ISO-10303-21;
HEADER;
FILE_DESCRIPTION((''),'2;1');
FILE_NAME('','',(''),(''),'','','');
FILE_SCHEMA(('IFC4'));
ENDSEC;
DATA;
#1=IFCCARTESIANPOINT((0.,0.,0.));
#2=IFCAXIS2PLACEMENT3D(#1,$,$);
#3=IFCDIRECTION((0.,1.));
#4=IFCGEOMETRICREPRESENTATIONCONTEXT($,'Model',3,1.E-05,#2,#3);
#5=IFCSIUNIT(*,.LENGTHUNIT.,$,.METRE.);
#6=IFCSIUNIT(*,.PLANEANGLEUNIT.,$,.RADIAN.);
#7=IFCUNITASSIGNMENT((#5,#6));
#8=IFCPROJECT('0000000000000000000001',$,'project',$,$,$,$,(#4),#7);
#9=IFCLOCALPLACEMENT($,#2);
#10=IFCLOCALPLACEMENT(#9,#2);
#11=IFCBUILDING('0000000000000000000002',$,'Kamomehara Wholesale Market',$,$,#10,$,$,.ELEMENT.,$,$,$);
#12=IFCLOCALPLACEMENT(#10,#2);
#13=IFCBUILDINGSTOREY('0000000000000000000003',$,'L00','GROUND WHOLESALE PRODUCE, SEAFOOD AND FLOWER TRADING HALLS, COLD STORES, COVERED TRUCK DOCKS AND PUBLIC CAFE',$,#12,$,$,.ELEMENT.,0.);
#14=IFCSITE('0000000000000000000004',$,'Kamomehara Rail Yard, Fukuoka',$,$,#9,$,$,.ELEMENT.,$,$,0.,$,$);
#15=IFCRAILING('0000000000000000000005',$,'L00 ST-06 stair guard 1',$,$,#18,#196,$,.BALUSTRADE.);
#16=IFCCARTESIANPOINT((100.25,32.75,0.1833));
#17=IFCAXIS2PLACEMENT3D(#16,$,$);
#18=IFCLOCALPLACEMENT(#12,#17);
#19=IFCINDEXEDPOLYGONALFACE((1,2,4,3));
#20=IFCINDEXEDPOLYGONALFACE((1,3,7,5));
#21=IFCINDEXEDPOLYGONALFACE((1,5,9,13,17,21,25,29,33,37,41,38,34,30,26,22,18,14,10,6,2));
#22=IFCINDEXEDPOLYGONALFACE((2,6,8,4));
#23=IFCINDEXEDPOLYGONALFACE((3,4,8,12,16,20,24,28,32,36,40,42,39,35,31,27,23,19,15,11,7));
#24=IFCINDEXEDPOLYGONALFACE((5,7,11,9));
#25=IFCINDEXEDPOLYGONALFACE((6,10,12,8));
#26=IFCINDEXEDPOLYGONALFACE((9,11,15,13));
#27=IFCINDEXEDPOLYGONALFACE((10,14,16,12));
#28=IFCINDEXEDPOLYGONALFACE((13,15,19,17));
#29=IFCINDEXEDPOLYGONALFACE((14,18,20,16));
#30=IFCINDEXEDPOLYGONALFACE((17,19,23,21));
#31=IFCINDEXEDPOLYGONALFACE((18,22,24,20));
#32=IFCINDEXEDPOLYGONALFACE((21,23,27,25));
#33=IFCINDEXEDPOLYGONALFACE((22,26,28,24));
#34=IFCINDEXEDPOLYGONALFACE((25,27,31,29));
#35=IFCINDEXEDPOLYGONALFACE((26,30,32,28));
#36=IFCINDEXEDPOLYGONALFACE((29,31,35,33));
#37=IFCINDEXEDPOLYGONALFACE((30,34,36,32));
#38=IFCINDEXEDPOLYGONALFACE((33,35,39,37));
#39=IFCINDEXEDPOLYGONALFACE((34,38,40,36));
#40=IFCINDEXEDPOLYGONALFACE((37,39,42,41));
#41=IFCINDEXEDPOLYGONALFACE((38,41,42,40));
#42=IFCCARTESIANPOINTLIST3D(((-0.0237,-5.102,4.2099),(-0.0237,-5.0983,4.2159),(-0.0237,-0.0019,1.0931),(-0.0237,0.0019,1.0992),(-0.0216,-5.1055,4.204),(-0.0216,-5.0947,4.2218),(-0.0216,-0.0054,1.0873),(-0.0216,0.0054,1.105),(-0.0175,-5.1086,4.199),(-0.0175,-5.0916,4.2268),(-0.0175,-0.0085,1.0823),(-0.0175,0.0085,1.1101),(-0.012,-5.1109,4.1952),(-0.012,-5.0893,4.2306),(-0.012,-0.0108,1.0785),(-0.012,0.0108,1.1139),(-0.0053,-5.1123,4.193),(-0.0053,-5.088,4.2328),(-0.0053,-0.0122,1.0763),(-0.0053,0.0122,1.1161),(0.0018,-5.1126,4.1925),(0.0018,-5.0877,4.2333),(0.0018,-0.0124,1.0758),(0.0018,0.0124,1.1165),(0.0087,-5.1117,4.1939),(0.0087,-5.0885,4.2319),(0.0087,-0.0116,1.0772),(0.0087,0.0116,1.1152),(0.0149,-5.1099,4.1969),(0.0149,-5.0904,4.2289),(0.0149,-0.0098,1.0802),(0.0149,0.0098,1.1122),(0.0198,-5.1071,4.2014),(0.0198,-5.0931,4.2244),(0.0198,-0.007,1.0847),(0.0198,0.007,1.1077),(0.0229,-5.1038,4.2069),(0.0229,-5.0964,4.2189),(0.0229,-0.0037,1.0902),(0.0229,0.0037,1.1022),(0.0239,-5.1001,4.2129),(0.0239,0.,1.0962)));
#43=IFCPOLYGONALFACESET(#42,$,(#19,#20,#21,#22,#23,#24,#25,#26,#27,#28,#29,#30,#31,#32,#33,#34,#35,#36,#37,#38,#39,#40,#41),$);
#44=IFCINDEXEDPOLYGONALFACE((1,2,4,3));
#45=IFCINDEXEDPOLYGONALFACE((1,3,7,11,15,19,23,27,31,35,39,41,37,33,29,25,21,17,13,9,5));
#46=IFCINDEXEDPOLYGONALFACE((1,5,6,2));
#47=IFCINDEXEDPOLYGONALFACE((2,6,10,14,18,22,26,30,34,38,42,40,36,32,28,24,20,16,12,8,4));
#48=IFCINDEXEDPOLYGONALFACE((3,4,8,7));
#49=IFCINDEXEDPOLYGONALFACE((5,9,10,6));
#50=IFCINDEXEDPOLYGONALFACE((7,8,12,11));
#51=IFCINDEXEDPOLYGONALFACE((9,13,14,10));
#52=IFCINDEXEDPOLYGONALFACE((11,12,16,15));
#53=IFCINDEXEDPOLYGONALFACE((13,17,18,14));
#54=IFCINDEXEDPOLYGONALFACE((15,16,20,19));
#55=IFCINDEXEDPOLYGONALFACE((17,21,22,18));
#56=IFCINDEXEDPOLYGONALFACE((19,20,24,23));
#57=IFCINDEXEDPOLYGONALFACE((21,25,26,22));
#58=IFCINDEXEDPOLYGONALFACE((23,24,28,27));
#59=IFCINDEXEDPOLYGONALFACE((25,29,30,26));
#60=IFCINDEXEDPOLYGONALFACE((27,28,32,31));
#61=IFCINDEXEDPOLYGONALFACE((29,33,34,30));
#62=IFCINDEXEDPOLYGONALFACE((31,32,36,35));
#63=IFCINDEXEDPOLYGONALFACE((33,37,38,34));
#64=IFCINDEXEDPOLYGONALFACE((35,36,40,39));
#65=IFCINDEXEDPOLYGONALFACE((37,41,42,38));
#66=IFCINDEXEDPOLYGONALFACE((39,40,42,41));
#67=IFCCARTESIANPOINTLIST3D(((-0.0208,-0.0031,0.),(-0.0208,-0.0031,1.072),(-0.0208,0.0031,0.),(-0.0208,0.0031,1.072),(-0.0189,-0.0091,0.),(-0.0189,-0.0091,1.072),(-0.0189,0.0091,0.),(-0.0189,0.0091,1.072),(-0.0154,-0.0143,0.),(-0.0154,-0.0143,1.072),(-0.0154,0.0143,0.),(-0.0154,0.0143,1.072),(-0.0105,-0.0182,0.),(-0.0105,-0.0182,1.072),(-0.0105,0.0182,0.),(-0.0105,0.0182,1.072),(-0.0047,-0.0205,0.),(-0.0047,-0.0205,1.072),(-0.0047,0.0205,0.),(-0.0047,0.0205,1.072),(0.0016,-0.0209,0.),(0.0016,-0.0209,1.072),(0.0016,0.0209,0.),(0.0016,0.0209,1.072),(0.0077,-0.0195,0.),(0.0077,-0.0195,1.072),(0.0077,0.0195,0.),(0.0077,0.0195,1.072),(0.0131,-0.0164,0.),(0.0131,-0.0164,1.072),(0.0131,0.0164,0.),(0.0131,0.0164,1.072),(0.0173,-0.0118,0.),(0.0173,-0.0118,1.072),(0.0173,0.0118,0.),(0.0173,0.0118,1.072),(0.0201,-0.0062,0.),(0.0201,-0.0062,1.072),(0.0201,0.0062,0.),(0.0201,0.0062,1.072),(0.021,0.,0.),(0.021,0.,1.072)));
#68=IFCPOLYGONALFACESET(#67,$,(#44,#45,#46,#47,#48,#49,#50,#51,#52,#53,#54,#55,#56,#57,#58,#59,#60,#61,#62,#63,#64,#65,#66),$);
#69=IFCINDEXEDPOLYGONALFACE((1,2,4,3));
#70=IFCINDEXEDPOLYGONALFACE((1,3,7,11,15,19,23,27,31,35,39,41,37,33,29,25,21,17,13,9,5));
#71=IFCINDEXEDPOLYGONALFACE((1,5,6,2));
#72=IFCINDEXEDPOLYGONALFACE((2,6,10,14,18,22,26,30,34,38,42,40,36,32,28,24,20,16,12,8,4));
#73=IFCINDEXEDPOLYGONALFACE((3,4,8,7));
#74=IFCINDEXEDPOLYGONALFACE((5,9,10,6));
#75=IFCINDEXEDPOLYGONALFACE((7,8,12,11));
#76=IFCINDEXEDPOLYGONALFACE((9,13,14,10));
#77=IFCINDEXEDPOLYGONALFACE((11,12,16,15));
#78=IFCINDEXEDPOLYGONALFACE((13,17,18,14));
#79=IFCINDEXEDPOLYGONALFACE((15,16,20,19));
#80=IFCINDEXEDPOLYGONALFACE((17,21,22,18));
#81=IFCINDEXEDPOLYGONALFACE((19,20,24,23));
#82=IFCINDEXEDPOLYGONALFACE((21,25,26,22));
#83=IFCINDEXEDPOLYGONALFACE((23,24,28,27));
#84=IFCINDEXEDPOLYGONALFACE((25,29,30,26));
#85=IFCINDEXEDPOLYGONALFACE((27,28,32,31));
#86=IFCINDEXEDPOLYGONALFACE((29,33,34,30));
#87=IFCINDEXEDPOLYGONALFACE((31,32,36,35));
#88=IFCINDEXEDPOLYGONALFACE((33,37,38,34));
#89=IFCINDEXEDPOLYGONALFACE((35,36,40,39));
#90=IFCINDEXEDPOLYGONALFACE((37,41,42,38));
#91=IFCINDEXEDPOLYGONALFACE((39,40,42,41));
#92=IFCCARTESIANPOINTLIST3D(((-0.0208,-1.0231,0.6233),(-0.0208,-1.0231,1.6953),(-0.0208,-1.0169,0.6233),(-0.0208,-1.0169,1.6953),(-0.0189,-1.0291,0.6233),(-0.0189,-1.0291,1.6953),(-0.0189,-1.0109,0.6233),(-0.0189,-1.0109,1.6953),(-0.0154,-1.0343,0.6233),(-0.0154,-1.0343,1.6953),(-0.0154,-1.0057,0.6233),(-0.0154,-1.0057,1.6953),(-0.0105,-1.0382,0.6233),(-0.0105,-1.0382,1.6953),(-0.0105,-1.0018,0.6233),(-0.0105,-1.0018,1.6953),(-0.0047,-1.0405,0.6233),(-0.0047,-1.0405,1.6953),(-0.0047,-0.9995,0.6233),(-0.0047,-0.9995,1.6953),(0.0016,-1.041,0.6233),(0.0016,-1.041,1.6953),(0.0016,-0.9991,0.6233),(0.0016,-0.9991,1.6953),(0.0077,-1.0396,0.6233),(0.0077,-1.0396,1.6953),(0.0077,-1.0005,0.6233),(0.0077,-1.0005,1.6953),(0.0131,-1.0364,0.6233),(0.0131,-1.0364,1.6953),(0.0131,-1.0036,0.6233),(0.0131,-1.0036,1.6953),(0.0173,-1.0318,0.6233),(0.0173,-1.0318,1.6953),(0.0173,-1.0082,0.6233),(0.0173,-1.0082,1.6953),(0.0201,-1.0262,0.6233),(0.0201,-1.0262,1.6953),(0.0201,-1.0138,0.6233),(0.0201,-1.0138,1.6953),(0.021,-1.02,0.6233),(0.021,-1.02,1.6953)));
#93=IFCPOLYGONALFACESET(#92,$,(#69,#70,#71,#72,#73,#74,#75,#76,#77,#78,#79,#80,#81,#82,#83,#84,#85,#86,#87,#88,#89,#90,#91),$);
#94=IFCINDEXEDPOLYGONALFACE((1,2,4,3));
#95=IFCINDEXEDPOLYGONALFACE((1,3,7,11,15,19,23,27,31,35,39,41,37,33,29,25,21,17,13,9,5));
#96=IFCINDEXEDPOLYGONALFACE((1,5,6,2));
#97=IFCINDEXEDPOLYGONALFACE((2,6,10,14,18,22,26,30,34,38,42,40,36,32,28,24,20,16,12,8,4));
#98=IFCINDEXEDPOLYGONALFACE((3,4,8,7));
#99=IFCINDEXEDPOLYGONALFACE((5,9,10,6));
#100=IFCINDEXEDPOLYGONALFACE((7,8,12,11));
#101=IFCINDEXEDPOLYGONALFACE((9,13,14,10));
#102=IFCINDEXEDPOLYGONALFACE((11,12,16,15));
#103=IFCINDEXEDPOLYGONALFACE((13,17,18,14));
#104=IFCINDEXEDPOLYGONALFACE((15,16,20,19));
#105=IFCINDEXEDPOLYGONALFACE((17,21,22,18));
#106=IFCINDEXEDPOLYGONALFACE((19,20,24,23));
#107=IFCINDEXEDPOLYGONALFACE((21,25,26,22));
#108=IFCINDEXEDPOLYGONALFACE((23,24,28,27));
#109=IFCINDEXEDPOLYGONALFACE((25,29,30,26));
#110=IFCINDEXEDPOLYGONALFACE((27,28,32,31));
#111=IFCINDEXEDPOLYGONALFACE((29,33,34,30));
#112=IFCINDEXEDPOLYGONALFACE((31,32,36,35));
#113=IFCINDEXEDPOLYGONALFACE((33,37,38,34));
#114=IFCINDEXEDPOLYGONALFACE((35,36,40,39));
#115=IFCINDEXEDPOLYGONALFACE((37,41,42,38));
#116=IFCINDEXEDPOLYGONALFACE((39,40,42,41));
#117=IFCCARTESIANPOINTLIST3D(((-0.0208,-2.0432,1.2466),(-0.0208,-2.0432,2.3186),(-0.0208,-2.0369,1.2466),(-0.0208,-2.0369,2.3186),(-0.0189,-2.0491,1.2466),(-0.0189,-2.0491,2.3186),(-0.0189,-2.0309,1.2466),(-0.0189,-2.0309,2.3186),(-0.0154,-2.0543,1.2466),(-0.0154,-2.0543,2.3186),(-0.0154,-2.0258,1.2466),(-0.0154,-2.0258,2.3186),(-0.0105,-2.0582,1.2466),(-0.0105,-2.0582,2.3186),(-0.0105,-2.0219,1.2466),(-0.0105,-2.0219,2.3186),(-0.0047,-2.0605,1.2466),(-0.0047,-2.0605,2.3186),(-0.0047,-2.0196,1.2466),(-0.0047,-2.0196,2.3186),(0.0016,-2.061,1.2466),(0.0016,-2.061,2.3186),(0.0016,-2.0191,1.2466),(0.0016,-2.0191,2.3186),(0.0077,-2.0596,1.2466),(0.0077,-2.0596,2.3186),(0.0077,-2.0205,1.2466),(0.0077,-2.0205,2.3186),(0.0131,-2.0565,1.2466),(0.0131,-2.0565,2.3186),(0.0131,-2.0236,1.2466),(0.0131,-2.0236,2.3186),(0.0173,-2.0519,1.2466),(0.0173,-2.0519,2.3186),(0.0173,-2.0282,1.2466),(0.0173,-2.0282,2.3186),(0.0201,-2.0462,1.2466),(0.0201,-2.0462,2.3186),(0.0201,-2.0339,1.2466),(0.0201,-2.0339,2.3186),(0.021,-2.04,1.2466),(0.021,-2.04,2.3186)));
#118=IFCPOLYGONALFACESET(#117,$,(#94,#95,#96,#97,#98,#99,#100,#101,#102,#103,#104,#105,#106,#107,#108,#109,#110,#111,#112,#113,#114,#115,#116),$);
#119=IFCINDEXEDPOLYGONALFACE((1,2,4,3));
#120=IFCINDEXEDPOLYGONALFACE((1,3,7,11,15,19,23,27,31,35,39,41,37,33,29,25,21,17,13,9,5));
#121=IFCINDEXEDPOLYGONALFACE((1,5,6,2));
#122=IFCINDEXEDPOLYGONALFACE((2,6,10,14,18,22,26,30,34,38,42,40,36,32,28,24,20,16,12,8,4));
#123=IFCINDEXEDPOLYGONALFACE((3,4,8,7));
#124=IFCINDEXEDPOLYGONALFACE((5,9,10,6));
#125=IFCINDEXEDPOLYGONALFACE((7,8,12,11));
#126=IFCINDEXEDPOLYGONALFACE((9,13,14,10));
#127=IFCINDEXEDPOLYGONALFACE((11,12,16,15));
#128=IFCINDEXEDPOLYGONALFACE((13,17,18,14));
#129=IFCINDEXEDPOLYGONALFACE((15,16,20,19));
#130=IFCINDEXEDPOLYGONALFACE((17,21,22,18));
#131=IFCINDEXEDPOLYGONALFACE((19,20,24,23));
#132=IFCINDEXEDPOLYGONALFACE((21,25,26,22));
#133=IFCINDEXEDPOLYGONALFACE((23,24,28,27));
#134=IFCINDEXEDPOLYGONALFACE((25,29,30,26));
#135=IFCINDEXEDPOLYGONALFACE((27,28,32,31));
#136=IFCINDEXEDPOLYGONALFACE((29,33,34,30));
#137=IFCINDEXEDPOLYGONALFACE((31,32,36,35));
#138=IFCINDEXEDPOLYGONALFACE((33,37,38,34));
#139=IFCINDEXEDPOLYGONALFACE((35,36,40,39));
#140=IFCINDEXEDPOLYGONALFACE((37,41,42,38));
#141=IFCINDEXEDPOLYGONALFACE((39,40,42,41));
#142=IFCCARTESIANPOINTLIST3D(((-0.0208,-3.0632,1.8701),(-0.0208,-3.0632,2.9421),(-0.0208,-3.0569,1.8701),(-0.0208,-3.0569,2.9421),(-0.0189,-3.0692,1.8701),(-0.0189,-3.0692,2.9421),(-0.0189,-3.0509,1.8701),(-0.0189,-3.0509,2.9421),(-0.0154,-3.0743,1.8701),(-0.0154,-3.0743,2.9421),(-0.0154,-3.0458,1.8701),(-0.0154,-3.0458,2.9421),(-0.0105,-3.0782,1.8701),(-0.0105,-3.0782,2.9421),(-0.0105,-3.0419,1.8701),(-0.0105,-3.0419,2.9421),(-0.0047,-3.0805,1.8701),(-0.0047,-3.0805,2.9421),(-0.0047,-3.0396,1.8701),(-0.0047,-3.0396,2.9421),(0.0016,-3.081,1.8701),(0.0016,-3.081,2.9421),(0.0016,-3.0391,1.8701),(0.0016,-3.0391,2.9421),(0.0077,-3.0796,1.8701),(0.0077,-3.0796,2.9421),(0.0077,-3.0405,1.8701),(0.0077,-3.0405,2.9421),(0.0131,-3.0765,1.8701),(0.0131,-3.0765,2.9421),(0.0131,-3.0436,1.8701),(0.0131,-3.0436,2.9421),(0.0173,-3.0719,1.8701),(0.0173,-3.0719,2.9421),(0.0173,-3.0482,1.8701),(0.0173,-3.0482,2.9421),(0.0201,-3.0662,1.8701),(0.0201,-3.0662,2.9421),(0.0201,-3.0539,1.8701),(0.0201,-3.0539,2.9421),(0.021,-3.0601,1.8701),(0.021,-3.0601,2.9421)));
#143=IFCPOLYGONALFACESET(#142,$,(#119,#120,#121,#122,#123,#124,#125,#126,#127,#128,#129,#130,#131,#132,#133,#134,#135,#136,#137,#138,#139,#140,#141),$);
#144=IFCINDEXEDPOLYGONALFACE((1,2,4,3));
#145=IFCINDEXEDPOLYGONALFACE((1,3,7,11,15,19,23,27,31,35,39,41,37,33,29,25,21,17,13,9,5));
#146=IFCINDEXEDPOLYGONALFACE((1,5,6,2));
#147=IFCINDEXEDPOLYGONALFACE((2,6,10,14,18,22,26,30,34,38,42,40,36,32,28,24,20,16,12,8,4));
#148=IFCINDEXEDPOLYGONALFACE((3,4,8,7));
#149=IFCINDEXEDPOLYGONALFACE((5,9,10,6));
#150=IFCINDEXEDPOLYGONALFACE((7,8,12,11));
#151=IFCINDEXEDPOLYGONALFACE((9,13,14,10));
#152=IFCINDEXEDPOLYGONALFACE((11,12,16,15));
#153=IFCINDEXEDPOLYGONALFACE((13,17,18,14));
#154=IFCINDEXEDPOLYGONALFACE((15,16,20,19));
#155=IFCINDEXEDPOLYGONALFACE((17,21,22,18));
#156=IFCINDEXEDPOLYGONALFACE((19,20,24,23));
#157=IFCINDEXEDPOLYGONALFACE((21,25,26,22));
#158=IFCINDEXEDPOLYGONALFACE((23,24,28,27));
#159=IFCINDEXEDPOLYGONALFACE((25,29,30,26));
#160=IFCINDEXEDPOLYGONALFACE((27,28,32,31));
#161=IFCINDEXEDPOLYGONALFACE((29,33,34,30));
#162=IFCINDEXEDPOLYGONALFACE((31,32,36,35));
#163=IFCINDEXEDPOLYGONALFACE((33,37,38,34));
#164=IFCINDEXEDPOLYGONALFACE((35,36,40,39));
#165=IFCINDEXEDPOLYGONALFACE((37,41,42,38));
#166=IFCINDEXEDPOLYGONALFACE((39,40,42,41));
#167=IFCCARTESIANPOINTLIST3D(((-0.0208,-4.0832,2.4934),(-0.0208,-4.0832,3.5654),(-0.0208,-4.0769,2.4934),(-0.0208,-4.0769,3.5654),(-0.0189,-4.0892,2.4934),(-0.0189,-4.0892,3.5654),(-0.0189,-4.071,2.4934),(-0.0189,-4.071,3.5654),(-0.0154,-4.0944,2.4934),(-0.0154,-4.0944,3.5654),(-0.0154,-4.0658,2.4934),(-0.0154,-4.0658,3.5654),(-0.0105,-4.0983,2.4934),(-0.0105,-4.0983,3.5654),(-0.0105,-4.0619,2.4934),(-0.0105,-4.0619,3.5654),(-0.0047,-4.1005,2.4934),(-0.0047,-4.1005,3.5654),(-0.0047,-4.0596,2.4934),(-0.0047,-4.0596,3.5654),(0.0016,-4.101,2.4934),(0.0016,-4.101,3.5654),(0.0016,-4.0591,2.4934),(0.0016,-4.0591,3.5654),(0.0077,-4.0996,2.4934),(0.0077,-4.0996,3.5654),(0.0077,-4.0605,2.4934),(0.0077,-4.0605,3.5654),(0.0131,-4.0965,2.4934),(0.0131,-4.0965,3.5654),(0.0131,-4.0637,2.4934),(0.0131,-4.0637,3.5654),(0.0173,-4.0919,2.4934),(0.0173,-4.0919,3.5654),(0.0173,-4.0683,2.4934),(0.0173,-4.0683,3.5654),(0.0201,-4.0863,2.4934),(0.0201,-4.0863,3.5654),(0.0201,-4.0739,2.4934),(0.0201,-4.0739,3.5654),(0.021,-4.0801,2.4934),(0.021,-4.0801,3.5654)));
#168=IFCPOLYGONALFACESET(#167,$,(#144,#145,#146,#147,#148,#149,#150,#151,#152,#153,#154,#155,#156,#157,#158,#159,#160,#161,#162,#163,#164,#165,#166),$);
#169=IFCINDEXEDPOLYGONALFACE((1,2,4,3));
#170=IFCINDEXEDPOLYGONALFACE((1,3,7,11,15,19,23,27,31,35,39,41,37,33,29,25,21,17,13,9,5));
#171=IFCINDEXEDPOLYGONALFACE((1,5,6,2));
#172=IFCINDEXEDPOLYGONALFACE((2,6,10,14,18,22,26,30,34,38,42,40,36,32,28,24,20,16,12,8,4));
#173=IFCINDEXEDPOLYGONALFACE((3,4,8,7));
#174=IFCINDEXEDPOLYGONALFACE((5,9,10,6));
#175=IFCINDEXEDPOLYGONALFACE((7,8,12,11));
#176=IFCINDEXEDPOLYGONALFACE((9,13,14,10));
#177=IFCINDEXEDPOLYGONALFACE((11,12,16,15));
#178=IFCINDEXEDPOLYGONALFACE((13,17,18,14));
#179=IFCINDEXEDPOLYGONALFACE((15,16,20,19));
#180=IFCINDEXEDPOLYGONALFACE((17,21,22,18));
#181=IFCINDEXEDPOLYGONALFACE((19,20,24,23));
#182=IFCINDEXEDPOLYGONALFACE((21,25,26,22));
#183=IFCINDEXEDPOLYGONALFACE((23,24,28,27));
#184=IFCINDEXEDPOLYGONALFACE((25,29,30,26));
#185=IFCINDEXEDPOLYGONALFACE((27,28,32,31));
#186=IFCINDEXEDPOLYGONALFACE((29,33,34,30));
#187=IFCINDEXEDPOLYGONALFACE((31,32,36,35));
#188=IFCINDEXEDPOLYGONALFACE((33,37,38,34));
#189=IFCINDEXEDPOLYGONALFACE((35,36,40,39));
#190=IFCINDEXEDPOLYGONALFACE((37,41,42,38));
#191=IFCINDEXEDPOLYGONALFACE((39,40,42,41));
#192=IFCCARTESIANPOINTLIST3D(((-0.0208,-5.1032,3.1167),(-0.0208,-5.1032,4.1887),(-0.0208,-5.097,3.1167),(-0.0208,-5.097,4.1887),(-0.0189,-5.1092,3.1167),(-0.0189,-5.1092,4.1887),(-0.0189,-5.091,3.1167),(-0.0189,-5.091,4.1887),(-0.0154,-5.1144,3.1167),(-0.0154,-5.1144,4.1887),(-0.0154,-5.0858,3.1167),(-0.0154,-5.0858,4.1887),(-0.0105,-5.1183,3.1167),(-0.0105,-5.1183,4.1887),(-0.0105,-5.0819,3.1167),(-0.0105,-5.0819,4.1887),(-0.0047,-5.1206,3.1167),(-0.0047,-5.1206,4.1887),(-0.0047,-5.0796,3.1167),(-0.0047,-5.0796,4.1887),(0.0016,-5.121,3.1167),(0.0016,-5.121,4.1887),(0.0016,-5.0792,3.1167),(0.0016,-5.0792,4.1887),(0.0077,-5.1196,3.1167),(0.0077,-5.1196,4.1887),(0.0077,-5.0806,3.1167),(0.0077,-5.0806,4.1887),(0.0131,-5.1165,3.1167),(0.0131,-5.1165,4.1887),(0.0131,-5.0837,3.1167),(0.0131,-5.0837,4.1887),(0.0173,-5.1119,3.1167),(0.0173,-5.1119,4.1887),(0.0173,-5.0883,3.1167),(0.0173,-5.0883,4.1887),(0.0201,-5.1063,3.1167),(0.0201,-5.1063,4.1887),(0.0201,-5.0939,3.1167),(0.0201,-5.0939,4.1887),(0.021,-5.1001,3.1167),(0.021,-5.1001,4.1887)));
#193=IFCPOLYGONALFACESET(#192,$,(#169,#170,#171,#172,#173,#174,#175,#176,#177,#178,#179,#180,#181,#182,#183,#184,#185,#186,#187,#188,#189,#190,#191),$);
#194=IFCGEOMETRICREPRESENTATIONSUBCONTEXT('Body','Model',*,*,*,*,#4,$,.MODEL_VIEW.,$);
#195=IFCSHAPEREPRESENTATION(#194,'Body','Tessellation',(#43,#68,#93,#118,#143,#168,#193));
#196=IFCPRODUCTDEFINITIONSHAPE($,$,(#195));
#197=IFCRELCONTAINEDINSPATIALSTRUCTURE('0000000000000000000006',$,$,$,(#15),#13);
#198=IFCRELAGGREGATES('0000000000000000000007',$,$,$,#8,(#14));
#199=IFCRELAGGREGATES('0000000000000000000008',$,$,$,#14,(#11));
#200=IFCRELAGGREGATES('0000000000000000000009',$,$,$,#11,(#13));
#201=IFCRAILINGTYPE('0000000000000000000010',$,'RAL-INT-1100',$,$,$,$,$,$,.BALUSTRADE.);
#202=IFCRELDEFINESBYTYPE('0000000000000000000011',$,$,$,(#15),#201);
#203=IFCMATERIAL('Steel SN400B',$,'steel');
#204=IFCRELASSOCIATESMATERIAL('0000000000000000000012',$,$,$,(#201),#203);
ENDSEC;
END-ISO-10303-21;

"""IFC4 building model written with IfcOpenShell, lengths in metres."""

from ifc_helpers import new_model, si_unit, direction, frame, origin, origin_2d, place, context, subcontext, project, spatial, circle, extrude, material, type_object, element, save


model = new_model("IFC4")

# Units and contexts
model_context = context("Model", 3, precision=1e-05, world=origin(), true_north=direction((0.0, 1.0)))
body_context = subcontext(model_context, "Body", "Model", "MODEL_VIEW")
ifc_project = project(units=[si_unit("LENGTHUNIT", "METRE"), si_unit("PLANEANGLEUNIT", "RADIAN")], contexts=[model_context])

# Site, building, storey
site_placement = place(None, origin())
site = spatial("IfcSite", under=ifc_project, at=site_placement, Name="Kamomehara Rail Yard, Fukuoka", CompositionType="ELEMENT", RefElevation=0.0)
building_placement = place(site_placement, origin())
building = spatial("IfcBuilding", under=site, at=building_placement, Name="Kamomehara Wholesale Market", CompositionType="ELEMENT")
storey_placement = place(building_placement, origin())
storey = spatial("IfcBuildingStorey", under=building, at=storey_placement, Name="L00", Description="GROUND WHOLESALE PRODUCE, SEAFOOD AND FLOWER TRADING HALLS, COLD STORES, COVERED TRUCK DOCKS AND PUBLIC CAFE", CompositionType="ELEMENT", Elevation=0.0)

# Railing
ifc_material_1 = material(Name="Steel SN400B", Category="steel")
railing_type = type_object("IfcRailingType", Name="RAL-INT-1100", PredefinedType="BALUSTRADE", material=ifc_material_1)
railing_1_placement = place(storey_placement, frame((100.25, 32.75, 0.1833)))
element("IfcRailing", 1, at=railing_1_placement, inside=storey, type_object=railing_type, Name="L00 ST-06 stair guard 1", PredefinedType="BALUSTRADE", context=body_context, shape_type="SweptSolid", body=[
    extrude(circle(Radius=0.0239, at=origin_2d()), frame((0.0, 0.0, 1.0962), z_axis=(0.0, -0.853284, 0.521447), x_axis=(1.0, 0.0, 0.0)), (0.0, 0.0, 1.0), 5.9771),
    extrude(circle(Radius=0.021, at=origin_2d()), origin(), (0.0, 0.0, 1.0), 1.072),
    extrude(circle(Radius=0.021, at=origin_2d()), frame((0.0, -1.02, 0.6233)), (0.0, 0.0, 1.0), 1.072),
    extrude(circle(Radius=0.021, at=origin_2d()), frame((0.0, -2.04, 1.2466)), (0.0, 0.0, 1.0), 1.072),
    extrude(circle(Radius=0.021, at=origin_2d()), frame((0.0, -3.0601, 1.8701)), (0.0, 0.0, 1.0), 1.072),
    extrude(circle(Radius=0.021, at=origin_2d()), frame((0.0, -4.0801, 2.4934)), (0.0, 0.0, 1.0), 1.072),
    extrude(circle(Radius=0.021, at=origin_2d()), frame((0.0, -5.1001, 3.1167)), (0.0, 0.0, 1.0), 1.072),
])

save(model, "model.ifc")
